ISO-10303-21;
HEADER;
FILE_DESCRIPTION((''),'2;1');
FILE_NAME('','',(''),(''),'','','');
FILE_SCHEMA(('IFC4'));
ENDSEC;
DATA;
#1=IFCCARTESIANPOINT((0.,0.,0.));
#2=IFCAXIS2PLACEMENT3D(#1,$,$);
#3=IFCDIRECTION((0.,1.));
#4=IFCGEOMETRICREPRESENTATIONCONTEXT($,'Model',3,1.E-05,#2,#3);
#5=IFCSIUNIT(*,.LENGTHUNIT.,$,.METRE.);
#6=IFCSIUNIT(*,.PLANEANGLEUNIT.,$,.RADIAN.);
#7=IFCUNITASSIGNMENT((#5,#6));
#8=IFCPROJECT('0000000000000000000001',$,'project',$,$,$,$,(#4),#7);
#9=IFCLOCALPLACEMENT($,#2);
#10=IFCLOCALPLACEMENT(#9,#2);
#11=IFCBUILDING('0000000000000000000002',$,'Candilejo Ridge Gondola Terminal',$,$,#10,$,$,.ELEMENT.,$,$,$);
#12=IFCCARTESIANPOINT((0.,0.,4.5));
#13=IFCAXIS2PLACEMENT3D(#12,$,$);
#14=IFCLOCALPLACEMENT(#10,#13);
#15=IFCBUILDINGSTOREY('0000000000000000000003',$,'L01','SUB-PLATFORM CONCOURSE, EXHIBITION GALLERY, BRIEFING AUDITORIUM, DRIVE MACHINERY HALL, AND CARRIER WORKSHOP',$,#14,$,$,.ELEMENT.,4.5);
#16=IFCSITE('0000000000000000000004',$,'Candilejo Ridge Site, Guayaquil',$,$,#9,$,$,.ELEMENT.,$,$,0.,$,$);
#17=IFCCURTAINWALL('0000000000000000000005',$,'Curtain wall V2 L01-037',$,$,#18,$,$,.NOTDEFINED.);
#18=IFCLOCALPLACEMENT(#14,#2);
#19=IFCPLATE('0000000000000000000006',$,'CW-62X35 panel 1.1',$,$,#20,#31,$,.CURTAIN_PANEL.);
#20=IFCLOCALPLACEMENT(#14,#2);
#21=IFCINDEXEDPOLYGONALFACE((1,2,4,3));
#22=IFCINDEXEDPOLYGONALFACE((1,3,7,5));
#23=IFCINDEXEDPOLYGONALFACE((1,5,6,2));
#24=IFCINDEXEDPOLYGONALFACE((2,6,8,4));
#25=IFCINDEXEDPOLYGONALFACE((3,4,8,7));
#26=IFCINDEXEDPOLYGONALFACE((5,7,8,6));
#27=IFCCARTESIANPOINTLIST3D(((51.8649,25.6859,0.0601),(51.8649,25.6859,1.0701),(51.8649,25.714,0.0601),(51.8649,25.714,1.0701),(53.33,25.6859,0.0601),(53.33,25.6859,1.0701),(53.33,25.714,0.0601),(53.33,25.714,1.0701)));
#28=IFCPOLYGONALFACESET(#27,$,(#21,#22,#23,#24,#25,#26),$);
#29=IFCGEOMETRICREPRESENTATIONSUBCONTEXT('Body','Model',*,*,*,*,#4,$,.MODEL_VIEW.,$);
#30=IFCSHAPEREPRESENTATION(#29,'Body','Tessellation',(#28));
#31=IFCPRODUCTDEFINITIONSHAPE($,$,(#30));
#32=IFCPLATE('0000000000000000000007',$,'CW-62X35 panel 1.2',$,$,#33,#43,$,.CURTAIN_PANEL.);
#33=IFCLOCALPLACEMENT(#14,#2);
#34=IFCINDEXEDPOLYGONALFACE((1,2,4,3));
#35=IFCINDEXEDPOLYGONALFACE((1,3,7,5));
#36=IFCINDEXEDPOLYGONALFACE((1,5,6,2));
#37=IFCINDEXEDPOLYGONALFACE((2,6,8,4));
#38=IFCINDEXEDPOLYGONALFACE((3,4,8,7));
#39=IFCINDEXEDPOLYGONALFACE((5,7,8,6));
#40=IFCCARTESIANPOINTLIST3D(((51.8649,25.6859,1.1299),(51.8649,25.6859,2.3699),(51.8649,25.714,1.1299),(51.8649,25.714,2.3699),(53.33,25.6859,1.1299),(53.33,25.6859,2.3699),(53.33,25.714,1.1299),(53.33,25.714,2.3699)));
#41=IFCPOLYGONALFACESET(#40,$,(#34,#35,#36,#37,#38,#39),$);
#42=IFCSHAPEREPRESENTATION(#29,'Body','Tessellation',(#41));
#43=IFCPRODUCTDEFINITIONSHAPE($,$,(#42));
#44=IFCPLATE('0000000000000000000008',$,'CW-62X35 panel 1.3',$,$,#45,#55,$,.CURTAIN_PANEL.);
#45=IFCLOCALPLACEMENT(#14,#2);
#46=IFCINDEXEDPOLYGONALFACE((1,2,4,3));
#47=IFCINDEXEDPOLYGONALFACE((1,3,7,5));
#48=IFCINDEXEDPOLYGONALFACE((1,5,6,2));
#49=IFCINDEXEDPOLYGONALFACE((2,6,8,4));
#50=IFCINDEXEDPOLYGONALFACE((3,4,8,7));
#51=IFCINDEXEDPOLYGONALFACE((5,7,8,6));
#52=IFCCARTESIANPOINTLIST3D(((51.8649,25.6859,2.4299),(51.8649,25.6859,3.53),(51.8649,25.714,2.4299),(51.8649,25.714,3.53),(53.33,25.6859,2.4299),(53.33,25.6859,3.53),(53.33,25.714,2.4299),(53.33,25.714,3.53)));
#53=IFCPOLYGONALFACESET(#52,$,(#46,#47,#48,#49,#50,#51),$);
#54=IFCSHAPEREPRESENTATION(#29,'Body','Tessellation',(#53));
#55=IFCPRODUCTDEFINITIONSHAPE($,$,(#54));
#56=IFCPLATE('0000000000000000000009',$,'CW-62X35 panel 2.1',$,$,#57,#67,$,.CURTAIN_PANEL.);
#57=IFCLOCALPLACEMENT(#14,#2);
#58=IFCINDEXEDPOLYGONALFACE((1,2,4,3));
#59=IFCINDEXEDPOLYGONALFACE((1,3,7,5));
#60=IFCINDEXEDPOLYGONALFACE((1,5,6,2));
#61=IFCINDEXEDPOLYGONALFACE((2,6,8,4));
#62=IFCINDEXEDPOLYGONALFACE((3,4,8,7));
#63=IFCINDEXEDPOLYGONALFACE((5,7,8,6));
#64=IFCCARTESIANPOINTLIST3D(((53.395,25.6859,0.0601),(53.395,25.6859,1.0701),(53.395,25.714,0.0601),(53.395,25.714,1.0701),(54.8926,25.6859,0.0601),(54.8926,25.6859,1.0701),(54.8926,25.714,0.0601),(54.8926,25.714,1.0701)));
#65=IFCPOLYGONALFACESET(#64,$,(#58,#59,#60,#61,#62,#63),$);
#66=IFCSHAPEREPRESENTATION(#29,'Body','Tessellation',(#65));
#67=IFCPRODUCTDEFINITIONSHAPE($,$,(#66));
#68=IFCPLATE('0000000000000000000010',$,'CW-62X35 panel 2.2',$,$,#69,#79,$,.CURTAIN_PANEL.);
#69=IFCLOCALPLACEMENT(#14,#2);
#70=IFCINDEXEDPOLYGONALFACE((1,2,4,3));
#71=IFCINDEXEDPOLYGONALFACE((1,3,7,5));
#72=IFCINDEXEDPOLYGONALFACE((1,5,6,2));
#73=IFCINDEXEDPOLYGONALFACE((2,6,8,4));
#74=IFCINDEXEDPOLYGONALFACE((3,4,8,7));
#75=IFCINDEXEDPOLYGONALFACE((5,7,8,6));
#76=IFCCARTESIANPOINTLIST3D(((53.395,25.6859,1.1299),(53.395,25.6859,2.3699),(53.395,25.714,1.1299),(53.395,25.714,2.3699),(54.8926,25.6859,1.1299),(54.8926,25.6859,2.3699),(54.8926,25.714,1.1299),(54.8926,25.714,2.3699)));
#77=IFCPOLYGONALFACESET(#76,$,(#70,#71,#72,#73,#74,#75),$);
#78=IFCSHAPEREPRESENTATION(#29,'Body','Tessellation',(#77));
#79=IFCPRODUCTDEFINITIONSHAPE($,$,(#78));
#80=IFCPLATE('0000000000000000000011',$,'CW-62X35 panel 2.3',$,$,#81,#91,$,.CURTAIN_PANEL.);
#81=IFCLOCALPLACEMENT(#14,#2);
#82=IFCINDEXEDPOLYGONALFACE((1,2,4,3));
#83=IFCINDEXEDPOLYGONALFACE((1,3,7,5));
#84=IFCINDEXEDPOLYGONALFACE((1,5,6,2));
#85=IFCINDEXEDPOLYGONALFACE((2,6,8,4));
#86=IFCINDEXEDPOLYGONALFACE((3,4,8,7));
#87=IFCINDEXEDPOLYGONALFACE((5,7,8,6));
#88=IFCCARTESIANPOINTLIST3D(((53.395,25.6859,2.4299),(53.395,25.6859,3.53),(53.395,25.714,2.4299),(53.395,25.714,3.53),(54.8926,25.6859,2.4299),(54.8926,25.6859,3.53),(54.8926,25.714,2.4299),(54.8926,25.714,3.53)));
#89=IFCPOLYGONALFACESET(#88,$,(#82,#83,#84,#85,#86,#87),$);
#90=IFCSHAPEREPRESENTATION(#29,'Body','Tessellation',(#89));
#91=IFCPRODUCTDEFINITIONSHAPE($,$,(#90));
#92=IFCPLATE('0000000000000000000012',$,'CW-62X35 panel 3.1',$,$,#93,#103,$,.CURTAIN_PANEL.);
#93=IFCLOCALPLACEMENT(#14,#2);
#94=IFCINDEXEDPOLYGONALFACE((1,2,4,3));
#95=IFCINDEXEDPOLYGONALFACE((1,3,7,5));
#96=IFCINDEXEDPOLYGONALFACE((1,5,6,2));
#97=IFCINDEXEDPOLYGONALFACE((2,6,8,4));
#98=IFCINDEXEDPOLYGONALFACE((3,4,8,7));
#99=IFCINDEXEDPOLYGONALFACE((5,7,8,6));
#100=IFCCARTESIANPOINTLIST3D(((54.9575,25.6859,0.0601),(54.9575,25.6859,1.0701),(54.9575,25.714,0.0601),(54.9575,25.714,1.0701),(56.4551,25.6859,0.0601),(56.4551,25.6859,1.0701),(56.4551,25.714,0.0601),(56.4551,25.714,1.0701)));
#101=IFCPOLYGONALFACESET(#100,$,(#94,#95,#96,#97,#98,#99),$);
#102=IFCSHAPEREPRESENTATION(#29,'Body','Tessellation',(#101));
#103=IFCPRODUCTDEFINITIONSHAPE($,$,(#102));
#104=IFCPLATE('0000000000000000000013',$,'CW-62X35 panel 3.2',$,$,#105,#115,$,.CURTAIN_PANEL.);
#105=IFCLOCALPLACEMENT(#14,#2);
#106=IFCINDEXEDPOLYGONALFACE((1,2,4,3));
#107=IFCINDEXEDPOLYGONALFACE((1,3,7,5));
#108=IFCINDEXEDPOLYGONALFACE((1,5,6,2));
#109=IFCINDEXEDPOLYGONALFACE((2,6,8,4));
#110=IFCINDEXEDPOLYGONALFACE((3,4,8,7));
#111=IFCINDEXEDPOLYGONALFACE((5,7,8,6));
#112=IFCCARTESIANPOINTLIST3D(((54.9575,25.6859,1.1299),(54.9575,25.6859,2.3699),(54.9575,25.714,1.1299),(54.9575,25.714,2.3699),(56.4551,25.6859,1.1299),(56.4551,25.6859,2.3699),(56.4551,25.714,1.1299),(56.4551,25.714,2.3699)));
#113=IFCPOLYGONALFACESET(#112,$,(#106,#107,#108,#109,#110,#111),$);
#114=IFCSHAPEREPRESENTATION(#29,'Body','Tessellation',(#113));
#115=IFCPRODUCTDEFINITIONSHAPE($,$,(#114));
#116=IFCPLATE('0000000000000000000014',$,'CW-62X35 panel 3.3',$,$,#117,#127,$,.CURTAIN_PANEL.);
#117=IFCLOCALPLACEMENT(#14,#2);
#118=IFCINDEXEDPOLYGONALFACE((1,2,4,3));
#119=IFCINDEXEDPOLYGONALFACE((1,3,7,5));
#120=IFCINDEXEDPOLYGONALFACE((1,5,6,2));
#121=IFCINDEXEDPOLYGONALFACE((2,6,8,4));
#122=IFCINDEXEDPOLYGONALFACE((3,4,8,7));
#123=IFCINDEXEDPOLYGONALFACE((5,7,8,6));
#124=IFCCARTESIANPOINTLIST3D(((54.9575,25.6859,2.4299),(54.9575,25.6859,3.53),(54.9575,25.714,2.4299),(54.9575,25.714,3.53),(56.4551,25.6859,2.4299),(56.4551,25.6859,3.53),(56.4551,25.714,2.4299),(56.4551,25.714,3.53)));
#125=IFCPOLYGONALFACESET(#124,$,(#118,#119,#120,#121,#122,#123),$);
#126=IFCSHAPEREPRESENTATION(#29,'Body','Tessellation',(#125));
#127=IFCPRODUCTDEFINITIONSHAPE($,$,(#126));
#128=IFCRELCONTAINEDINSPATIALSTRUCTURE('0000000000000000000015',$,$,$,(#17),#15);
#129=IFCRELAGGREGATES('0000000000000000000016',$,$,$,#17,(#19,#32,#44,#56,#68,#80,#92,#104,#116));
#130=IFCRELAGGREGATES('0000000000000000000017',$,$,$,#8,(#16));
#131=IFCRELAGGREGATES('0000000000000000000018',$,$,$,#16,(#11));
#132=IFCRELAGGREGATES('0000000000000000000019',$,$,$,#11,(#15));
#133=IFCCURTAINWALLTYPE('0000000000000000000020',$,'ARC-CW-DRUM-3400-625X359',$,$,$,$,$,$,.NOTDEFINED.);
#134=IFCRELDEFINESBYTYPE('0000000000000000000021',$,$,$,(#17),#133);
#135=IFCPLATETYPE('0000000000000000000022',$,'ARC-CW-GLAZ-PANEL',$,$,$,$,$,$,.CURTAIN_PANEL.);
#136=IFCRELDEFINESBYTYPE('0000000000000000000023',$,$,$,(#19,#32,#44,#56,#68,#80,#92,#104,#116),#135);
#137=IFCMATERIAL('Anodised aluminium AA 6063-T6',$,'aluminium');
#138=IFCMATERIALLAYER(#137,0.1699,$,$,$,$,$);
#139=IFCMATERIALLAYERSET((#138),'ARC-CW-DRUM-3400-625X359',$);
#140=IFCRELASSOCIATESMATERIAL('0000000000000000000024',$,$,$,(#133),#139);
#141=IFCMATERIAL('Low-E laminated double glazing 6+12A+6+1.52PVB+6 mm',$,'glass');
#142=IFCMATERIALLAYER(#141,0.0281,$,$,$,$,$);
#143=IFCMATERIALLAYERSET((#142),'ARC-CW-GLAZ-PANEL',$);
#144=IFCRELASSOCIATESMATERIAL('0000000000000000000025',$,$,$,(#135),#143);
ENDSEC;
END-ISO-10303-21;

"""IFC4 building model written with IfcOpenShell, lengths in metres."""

from ifc_helpers import new_model, si_unit, direction, frame, origin, origin_2d, place, context, subcontext, project, spatial, rectangle, extrude, material, layer, layer_set, type_object, element, aggregate, save


model = new_model("IFC4")

# Units and contexts
model_context = context("Model", 3, precision=1e-05, world=origin(), true_north=direction((0.0, 1.0)))
body_context = subcontext(model_context, "Body", "Model", "MODEL_VIEW")
ifc_project = project(units=[si_unit("LENGTHUNIT", "METRE"), si_unit("PLANEANGLEUNIT", "RADIAN")], contexts=[model_context])

# Site, building, storey
site_placement = place(None, origin())
site = spatial("IfcSite", under=ifc_project, at=site_placement, Name="Candilejo Ridge Site, Guayaquil", CompositionType="ELEMENT", RefElevation=0.0)
building_placement = place(site_placement, origin())
building = spatial("IfcBuilding", under=site, at=building_placement, Name="Candilejo Ridge Gondola Terminal", CompositionType="ELEMENT")
storey_placement = place(building_placement, frame((0.0, 0.0, 4.5)))
storey = spatial("IfcBuildingStorey", under=building, at=storey_placement, Name="L01", Description="SUB-PLATFORM CONCOURSE, EXHIBITION GALLERY, BRIEFING AUDITORIUM, DRIVE MACHINERY HALL, AND CARRIER WORKSHOP", CompositionType="ELEMENT", Elevation=4.5)

# Curtain wall, plates
ifc_material_1 = material(Name="Anodised aluminium AA 6063-T6", Category="aluminium")
ifc_layer_1 = layer(ifc_material_1, 0.1699)
ifc_layer_set_1 = layer_set([ifc_layer_1], Name="ARC-CW-DRUM-3400-625X359")
curtain_wall_type = type_object("IfcCurtainWallType", Name="ARC-CW-DRUM-3400-625X359", PredefinedType="NOTDEFINED", material=ifc_layer_set_1)
curtain_wall_placement = place(storey_placement, origin())
curtain_wall = element("IfcCurtainWall", 1, at=curtain_wall_placement, inside=storey, type_object=curtain_wall_type, Name="Curtain wall V2 L01-037", PredefinedType="NOTDEFINED")
ifc_material_2 = material(Name="Low-E laminated double glazing 6+12A+6+1.52PVB+6 mm", Category="glass")
ifc_layer_2 = layer(ifc_material_2, 0.0281)
ifc_layer_set_2 = layer_set([ifc_layer_2], Name="ARC-CW-GLAZ-PANEL")
plate_type = type_object("IfcPlateType", Name="ARC-CW-GLAZ-PANEL", PredefinedType="CURTAIN_PANEL", material=ifc_layer_set_2)
plate_1_placement = place(storey_placement, frame((52.5974, 25.7, 0.0601), z_axis=(0.0, 0.0, 1.0), x_axis=(1.0, 0.0, 0.0)))
plate_1 = element("IfcPlate", 2, at=plate_1_placement, type_object=plate_type, Name="CW-62X35 panel 1.1", PredefinedType="CURTAIN_PANEL", context=body_context, shape_type="SweptSolid", body=[
    extrude(rectangle(XDim=1.4651, YDim=0.0281, at=origin_2d()), origin(), (0.0, 0.0, 1.0), 1.01),
])
plate_2_placement = place(storey_placement, frame((52.5974, 25.7, 1.1299), z_axis=(0.0, 0.0, 1.0), x_axis=(1.0, 0.0, 0.0)))
plate_2 = element("IfcPlate", 3, at=plate_2_placement, type_object=plate_type, Name="CW-62X35 panel 1.2", PredefinedType="CURTAIN_PANEL", context=body_context, shape_type="SweptSolid", body=[
    extrude(rectangle(XDim=1.4651, YDim=0.0281, at=origin_2d()), origin(), (0.0, 0.0, 1.0), 1.24),
])
plate_3_placement = place(storey_placement, frame((52.5974, 25.7, 2.4299), z_axis=(0.0, 0.0, 1.0), x_axis=(1.0, 0.0, 0.0)))
plate_3 = element("IfcPlate", 4, at=plate_3_placement, type_object=plate_type, Name="CW-62X35 panel 1.3", PredefinedType="CURTAIN_PANEL", context=body_context, shape_type="SweptSolid", body=[
    extrude(rectangle(XDim=1.4651, YDim=0.0281, at=origin_2d()), origin(), (0.0, 0.0, 1.0), 1.1001),
])
plate_4_placement = place(storey_placement, frame((54.1438, 25.7, 0.0601), z_axis=(0.0, 0.0, 1.0), x_axis=(1.0, 0.0, 0.0)))
plate_4 = element("IfcPlate", 5, at=plate_4_placement, type_object=plate_type, Name="CW-62X35 panel 2.1", PredefinedType="CURTAIN_PANEL", context=body_context, shape_type="SweptSolid", body=[
    extrude(rectangle(XDim=1.4976, YDim=0.0281, at=origin_2d()), origin(), (0.0, 0.0, 1.0), 1.01),
])
plate_5_placement = place(storey_placement, frame((54.1438, 25.7, 1.1299), z_axis=(0.0, 0.0, 1.0), x_axis=(1.0, 0.0, 0.0)))
plate_5 = element("IfcPlate", 6, at=plate_5_placement, type_object=plate_type, Name="CW-62X35 panel 2.2", PredefinedType="CURTAIN_PANEL", context=body_context, shape_type="SweptSolid", body=[
    extrude(rectangle(XDim=1.4976, YDim=0.0281, at=origin_2d()), origin(), (0.0, 0.0, 1.0), 1.24),
])
plate_6_placement = place(storey_placement, frame((54.1438, 25.7, 2.4299), z_axis=(0.0, 0.0, 1.0), x_axis=(1.0, 0.0, 0.0)))
plate_6 = element("IfcPlate", 7, at=plate_6_placement, type_object=plate_type, Name="CW-62X35 panel 2.3", PredefinedType="CURTAIN_PANEL", context=body_context, shape_type="SweptSolid", body=[
    extrude(rectangle(XDim=1.4976, YDim=0.0281, at=origin_2d()), origin(), (0.0, 0.0, 1.0), 1.1001),
])
plate_7_placement = place(storey_placement, frame((55.7063, 25.7, 0.0601), z_axis=(0.0, 0.0, 1.0), x_axis=(1.0, 0.0, 0.0)))
plate_7 = element("IfcPlate", 8, at=plate_7_placement, type_object=plate_type, Name="CW-62X35 panel 3.1", PredefinedType="CURTAIN_PANEL", context=body_context, shape_type="SweptSolid", body=[
    extrude(rectangle(XDim=1.4976, YDim=0.0281, at=origin_2d()), origin(), (0.0, 0.0, 1.0), 1.01),
])
plate_8_placement = place(storey_placement, frame((55.7063, 25.7, 1.1299), z_axis=(0.0, 0.0, 1.0), x_axis=(1.0, 0.0, 0.0)))
plate_8 = element("IfcPlate", 9, at=plate_8_placement, type_object=plate_type, Name="CW-62X35 panel 3.2", PredefinedType="CURTAIN_PANEL", context=body_context, shape_type="SweptSolid", body=[
    extrude(rectangle(XDim=1.4976, YDim=0.0281, at=origin_2d()), origin(), (0.0, 0.0, 1.0), 1.24),
])
plate_9_placement = place(storey_placement, frame((55.7063, 25.7, 2.4299), z_axis=(0.0, 0.0, 1.0), x_axis=(1.0, 0.0, 0.0)))
plate_9 = element("IfcPlate", 10, at=plate_9_placement, type_object=plate_type, Name="CW-62X35 panel 3.3", PredefinedType="CURTAIN_PANEL", context=body_context, shape_type="SweptSolid", body=[
    extrude(rectangle(XDim=1.4976, YDim=0.0281, at=origin_2d()), origin(), (0.0, 0.0, 1.0), 1.1001),
])
aggregate(curtain_wall, [plate_1, plate_2, plate_3, plate_4, plate_5, plate_6, plate_7, plate_8, plate_9])

save(model, "model.ifc")
